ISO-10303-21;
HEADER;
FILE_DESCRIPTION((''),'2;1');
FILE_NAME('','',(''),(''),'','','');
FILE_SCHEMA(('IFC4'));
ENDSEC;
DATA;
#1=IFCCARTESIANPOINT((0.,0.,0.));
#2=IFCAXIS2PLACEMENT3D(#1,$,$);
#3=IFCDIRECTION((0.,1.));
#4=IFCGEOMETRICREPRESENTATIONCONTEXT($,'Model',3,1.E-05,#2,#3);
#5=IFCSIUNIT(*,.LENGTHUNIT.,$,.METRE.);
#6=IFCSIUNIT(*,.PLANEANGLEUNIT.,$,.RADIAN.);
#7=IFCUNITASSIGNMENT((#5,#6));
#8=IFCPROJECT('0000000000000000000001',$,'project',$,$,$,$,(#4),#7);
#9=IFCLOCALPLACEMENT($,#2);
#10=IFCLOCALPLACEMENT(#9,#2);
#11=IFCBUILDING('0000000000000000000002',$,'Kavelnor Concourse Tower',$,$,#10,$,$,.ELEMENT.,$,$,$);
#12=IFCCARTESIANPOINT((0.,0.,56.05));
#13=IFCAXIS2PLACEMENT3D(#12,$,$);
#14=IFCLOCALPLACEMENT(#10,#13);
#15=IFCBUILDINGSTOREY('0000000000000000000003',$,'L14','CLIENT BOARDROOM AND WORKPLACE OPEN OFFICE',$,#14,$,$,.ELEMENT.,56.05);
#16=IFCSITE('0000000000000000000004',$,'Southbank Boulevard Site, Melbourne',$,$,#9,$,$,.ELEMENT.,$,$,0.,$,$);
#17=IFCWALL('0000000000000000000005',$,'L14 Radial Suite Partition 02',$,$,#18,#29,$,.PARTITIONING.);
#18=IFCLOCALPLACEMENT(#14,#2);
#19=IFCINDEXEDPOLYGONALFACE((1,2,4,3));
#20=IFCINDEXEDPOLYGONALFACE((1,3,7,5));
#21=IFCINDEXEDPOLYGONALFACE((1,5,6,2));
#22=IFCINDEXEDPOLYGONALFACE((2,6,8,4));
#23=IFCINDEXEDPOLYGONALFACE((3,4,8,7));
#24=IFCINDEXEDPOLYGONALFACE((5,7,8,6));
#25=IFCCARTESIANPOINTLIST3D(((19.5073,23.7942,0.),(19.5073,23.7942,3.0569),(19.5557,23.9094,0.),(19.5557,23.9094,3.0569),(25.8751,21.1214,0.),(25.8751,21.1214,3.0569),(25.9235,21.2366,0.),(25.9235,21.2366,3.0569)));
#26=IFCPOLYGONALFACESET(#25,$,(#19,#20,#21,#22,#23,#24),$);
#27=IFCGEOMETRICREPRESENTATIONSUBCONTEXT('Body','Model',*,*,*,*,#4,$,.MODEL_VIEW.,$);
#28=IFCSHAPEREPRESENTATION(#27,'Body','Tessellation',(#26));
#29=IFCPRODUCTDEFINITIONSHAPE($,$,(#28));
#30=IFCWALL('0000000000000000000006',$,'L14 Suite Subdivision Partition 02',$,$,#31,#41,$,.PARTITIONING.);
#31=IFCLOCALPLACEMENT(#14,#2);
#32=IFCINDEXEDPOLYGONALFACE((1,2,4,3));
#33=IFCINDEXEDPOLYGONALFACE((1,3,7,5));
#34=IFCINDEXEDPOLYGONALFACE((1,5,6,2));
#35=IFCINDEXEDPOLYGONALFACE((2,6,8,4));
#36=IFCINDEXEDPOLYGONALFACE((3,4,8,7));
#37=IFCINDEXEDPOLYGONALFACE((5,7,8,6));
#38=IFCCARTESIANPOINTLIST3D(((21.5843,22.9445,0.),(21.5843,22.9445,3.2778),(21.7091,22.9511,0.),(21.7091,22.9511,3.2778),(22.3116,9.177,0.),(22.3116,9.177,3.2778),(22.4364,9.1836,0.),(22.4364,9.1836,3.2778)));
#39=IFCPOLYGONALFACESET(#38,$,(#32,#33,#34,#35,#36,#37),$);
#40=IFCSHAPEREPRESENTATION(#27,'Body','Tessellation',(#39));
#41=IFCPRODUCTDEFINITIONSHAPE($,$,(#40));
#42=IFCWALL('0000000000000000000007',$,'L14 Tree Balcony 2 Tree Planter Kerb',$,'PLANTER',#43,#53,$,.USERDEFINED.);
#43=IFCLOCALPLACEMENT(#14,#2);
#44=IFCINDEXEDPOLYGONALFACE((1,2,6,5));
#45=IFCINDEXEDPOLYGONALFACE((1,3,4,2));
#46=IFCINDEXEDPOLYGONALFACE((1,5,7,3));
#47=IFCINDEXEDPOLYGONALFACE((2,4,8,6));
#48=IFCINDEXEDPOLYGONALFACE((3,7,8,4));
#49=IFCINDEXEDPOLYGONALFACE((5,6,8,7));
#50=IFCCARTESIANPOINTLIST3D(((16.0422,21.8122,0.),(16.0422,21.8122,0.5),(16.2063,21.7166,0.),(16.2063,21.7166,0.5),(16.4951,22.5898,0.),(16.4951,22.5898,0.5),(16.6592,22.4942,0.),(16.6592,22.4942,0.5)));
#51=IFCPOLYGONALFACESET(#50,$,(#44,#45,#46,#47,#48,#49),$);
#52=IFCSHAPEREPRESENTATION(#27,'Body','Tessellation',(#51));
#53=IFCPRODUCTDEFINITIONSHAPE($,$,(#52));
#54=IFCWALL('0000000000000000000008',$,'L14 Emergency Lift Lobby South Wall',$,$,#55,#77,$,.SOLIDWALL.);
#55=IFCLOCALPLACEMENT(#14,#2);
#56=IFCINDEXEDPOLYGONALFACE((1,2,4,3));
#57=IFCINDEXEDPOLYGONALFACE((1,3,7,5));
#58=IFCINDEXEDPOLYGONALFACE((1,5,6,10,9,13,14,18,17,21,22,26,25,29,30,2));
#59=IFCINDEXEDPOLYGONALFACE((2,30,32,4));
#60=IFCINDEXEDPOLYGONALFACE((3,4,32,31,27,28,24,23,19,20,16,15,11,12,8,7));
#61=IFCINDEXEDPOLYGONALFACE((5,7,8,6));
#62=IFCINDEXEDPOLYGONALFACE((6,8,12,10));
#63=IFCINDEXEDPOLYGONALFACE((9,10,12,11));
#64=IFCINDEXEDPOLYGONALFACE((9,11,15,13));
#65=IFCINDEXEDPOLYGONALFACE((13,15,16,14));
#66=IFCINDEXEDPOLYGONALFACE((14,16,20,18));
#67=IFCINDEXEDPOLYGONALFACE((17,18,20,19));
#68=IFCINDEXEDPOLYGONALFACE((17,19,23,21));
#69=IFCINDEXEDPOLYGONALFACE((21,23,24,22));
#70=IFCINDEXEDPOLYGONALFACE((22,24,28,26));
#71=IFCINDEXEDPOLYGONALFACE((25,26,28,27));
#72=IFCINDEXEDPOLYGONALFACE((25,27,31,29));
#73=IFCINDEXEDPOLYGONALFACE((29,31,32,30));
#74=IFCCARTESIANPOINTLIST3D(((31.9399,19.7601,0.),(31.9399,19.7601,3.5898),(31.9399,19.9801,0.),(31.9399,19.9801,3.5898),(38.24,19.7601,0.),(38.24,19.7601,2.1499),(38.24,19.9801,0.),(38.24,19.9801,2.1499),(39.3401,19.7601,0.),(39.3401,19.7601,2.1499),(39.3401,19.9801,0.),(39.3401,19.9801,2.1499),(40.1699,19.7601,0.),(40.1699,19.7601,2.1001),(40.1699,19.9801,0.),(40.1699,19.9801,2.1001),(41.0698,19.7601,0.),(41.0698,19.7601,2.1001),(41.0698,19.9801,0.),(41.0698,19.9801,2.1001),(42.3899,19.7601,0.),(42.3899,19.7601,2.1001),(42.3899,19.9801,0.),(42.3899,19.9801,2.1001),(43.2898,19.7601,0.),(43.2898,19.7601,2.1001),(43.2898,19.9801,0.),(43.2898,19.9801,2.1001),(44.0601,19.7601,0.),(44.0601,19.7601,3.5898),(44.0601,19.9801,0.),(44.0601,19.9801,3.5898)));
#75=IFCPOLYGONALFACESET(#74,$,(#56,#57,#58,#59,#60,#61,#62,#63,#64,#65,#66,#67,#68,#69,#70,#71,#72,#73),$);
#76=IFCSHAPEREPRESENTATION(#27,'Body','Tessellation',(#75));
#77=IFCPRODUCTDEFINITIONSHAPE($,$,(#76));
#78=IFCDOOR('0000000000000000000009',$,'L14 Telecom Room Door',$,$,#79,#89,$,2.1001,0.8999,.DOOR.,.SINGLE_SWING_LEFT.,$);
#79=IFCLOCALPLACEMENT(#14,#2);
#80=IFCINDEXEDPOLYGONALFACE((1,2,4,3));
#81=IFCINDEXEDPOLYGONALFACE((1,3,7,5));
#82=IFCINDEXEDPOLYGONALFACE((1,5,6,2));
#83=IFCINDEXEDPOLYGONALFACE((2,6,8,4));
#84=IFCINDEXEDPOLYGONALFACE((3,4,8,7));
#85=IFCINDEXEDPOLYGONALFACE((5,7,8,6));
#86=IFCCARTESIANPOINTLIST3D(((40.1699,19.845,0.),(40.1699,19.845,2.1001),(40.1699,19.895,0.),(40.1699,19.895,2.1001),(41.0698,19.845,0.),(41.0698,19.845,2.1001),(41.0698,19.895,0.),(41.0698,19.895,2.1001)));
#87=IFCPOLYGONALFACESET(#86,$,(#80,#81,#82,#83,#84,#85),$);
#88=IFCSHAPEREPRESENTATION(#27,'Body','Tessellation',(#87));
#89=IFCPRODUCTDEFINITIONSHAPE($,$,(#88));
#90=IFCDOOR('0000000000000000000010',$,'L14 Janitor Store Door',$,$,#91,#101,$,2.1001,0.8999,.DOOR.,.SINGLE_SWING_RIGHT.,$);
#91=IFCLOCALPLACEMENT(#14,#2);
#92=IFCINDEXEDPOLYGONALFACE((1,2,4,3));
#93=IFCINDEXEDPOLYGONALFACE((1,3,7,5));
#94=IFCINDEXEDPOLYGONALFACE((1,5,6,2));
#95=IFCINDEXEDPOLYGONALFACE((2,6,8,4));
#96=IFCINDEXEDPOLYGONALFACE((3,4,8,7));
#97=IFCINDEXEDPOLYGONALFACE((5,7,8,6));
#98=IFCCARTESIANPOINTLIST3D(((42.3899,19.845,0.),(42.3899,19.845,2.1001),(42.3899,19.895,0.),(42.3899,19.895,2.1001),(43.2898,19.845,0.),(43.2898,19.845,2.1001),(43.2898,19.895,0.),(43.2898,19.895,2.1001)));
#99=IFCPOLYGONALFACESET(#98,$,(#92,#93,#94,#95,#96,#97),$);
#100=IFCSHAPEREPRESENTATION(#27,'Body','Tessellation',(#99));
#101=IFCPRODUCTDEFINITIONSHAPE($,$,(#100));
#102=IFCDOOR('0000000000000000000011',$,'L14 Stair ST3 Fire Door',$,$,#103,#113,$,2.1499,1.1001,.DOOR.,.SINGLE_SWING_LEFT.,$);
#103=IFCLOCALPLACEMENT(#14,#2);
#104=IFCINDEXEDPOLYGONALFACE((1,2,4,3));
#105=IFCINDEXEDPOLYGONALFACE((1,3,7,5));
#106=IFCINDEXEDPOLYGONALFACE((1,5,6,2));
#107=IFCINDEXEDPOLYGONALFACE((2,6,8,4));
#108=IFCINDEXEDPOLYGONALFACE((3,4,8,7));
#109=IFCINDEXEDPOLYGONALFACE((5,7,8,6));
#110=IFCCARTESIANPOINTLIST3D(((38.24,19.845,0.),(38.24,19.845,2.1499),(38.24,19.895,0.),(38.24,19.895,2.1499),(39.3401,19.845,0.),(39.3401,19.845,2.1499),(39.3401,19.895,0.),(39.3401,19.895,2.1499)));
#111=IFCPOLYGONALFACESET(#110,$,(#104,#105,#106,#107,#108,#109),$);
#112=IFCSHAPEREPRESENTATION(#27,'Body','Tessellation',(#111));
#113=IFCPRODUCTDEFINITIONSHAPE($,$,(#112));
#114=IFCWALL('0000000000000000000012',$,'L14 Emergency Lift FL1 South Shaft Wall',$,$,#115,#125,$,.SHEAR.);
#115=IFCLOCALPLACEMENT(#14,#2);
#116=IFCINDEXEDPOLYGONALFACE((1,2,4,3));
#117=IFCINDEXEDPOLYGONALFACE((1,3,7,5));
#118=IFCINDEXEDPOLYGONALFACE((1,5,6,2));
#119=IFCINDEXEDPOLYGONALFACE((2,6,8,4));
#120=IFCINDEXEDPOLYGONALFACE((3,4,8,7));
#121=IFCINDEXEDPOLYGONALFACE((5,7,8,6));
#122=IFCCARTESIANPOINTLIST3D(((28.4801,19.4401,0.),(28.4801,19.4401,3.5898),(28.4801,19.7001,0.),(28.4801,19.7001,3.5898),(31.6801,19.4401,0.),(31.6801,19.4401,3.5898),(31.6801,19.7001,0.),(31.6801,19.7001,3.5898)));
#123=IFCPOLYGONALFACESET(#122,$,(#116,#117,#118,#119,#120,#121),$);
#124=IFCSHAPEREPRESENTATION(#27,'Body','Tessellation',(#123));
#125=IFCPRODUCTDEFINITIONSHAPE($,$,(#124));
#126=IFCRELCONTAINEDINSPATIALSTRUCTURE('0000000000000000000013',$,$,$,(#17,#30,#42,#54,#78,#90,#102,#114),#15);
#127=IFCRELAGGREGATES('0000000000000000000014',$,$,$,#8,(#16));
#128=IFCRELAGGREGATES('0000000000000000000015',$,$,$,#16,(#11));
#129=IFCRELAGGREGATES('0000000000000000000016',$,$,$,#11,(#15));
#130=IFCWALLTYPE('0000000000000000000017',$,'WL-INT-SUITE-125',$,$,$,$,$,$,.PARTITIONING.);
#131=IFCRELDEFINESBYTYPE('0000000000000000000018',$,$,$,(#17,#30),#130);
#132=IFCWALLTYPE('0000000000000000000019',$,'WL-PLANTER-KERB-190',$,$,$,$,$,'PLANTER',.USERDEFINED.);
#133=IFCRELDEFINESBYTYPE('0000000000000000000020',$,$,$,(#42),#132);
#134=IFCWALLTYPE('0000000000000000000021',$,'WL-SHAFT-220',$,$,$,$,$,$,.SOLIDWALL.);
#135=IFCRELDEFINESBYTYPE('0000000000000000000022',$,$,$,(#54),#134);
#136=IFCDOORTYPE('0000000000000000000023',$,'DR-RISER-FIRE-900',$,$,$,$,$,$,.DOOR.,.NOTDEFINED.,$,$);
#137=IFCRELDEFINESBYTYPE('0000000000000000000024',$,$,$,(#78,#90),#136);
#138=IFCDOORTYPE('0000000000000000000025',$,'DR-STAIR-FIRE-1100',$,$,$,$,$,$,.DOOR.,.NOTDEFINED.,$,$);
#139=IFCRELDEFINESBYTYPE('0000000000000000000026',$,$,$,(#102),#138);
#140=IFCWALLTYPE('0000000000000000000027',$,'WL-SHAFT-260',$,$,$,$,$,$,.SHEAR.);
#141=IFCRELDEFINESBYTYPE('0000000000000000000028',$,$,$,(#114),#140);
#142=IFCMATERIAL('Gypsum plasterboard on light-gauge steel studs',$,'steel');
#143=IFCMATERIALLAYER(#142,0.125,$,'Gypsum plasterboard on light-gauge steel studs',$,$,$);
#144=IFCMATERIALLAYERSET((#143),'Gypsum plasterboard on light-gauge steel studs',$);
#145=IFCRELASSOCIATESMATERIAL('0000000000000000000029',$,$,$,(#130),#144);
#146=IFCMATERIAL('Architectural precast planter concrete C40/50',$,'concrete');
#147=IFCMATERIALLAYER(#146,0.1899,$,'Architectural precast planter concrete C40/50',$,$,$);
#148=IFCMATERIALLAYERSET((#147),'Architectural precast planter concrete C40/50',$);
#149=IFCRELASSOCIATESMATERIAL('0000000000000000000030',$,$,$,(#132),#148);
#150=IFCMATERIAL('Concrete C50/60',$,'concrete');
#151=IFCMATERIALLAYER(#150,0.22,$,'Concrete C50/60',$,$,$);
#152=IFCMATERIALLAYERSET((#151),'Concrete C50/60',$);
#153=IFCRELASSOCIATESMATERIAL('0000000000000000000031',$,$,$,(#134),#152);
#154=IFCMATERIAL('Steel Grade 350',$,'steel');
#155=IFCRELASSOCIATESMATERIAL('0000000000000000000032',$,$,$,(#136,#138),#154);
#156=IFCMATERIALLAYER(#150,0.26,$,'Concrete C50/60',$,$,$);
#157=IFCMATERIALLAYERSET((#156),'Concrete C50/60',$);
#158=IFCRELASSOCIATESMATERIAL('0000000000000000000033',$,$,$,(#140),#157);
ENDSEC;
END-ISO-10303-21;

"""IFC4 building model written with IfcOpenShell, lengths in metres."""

from ifc_helpers import new_model, si_unit, direction, frame, frame_2d, origin, place, context, subcontext, project, spatial, rectangle, extrude, material, layer, layer_set, type_object, element, fill, save


model = new_model("IFC4")

# Units and contexts
model_context = context("Model", 3, precision=1e-05, world=origin(), true_north=direction((0.0, 1.0)))
body_context = subcontext(model_context, "Body", "Model", "MODEL_VIEW")
ifc_project = project(units=[si_unit("LENGTHUNIT", "METRE"), si_unit("PLANEANGLEUNIT", "RADIAN")], contexts=[model_context])

# Site, building, storey
site_placement = place(None, origin())
site = spatial("IfcSite", under=ifc_project, at=site_placement, Name="Southbank Boulevard Site, Melbourne", CompositionType="ELEMENT", RefElevation=0.0)
building_placement = place(site_placement, origin())
building = spatial("IfcBuilding", under=site, at=building_placement, Name="Kavelnor Concourse Tower", CompositionType="ELEMENT")
storey_placement = place(building_placement, frame((0.0, 0.0, 56.05)))
storey = spatial("IfcBuildingStorey", under=building, at=storey_placement, Name="L14", Description="CLIENT BOARDROOM AND WORKPLACE OPEN OFFICE", CompositionType="ELEMENT", Elevation=56.05)

# Shared definitions
ifc_material_1 = material(Name="Steel Grade 350", Category="steel")

# Walls
ifc_material_2 = material(Name="Gypsum plasterboard on light-gauge steel studs", Category="steel")
ifc_layer_1 = layer(ifc_material_2, 0.125, Name="Gypsum plasterboard on light-gauge steel studs")
ifc_layer_set_1 = layer_set([ifc_layer_1], Name="Gypsum plasterboard on light-gauge steel studs")
wall_type_1 = type_object("IfcWallType", Name="WL-INT-SUITE-125", PredefinedType="PARTITIONING", material=ifc_layer_set_1)
wall_1_placement = place(storey_placement, frame((25.8994, 21.179, 0.0), z_axis=(0.0, 0.0, 1.0), x_axis=(-0.922069, 0.387026, 0.0)))
element("IfcWall", 1, at=wall_1_placement, inside=storey, type_object=wall_type_1, Name="L14 Radial Suite Partition 02", PredefinedType="PARTITIONING", context=body_context, shape_type="SweptSolid", body=[
    extrude(rectangle(XDim=6.906, YDim=0.125, at=frame_2d((3.4531, 0.0))), origin(), (0.0, 0.0, 1.0), 3.0569),
])
wall_2_placement = place(storey_placement, frame((21.6467, 22.9478, 0.0), z_axis=(0.0, 0.0, 1.0), x_axis=(0.052754, -0.998608, 0.0)))
element("IfcWall", 2, at=wall_2_placement, inside=storey, type_object=wall_type_1, Name="L14 Suite Subdivision Partition 02", PredefinedType="PARTITIONING", context=body_context, shape_type="SweptSolid", body=[
    extrude(rectangle(XDim=13.7866, YDim=0.125, at=frame_2d((6.8933, 0.0))), origin(), (0.0, 0.0, 1.0), 3.2778),
])
ifc_material_3 = material(Name="Architectural precast planter concrete C40/50", Category="concrete")
ifc_layer_2 = layer(ifc_material_3, 0.1899, Name="Architectural precast planter concrete C40/50")
ifc_layer_set_2 = layer_set([ifc_layer_2], Name="Architectural precast planter concrete C40/50")
wall_type_2 = type_object("IfcWallType", Name="WL-PLANTER-KERB-190", ElementType="PLANTER", PredefinedType="USERDEFINED", material=ifc_layer_set_2)
wall_3_placement = place(storey_placement, frame((16.5771, 22.542, 0.0), z_axis=(0.0, 0.0, 1.0), x_axis=(-0.50328, -0.864123, 0.0)))
element("IfcWall", 3, at=wall_3_placement, inside=storey, type_object=wall_type_2, Name="L14 Tree Balcony 2 Tree Planter Kerb", ObjectType="PLANTER", PredefinedType="USERDEFINED", context=body_context, shape_type="SweptSolid", body=[
    extrude(rectangle(XDim=0.8999, YDim=0.1899, at=frame_2d((0.45, 0.0))), origin(), (0.0, 0.0, 1.0), 0.5),
])

# Wall, openings, doors
ifc_material_4 = material(Name="Concrete C50/60", Category="concrete")
ifc_layer_3 = layer(ifc_material_4, 0.22, Name="Concrete C50/60")
ifc_layer_set_3 = layer_set([ifc_layer_3], Name="Concrete C50/60")
wall_type_3 = type_object("IfcWallType", Name="WL-SHAFT-220", PredefinedType="SOLIDWALL", material=ifc_layer_set_3)
wall_4_placement = place(storey_placement, frame((31.9399, 19.8701, 0.0), z_axis=(0.0, 0.0, 1.0), x_axis=(1.0, 0.0, 0.0)))
wall_4 = element("IfcWall", 4, at=wall_4_placement, inside=storey, type_object=wall_type_3, Name="L14 Emergency Lift Lobby South Wall", PredefinedType="SOLIDWALL", context=body_context, shape_type="SweptSolid", body=[
    extrude(rectangle(XDim=12.1201, YDim=0.22, at=frame_2d((6.0601, 0.0))), origin(), (0.0, 0.0, 1.0), 3.5898),
])
opening_1_placement = place(wall_4_placement, frame((6.3, 0.0, 0.0)))
opening_1 = element("IfcOpeningElement", 5, at=opening_1_placement, cuts=wall_4, PredefinedType="OPENING", context=body_context, shape_type="SweptSolid", body=[
    extrude(rectangle(XDim=1.1001, YDim=2.1499, at=frame_2d((0.55, 1.075))), frame((0.0, 0.1201, 0.0), z_axis=(0.0, -1.0, 0.0), x_axis=(1.0, 0.0, 0.0)), (0.0, 0.0, 1.0), 0.24),
])
opening_2_placement = place(wall_4_placement, frame((8.23, 0.0, 0.0)))
opening_2 = element("IfcOpeningElement", 6, at=opening_2_placement, cuts=wall_4, PredefinedType="OPENING", context=body_context, shape_type="SweptSolid", body=[
    extrude(rectangle(XDim=0.8999, YDim=2.1001, at=frame_2d((0.45, 1.05))), frame((0.0, 0.1201, 0.0), z_axis=(0.0, -1.0, 0.0), x_axis=(1.0, 0.0, 0.0)), (0.0, 0.0, 1.0), 0.24),
])
opening_3_placement = place(wall_4_placement, frame((10.45, 0.0, 0.0)))
opening_3 = element("IfcOpeningElement", 7, at=opening_3_placement, cuts=wall_4, PredefinedType="OPENING", context=body_context, shape_type="SweptSolid", body=[
    extrude(rectangle(XDim=0.8999, YDim=2.1001, at=frame_2d((0.45, 1.05))), frame((0.0, 0.1201, 0.0), z_axis=(0.0, -1.0, 0.0), x_axis=(1.0, 0.0, 0.0)), (0.0, 0.0, 1.0), 0.24),
])
door_type_1 = type_object("IfcDoorType", Name="DR-RISER-FIRE-900", OperationType="NOTDEFINED", PredefinedType="DOOR", material=ifc_material_1)
door_1_placement = place(opening_2_placement, origin())
door_1 = element("IfcDoor", 8, at=door_1_placement, inside=storey, type_object=door_type_1, Name="L14 Telecom Room Door", OperationType="SINGLE_SWING_LEFT", OverallHeight=2.1001, OverallWidth=0.8999, PredefinedType="DOOR", context=body_context, shape_type="SweptSolid", body=[
    extrude(rectangle(XDim=0.8999, YDim=2.1001, at=frame_2d((0.45, 1.05))), frame((0.0, 0.0249, 0.0), z_axis=(0.0, -1.0, 0.0), x_axis=(1.0, 0.0, 0.0)), (0.0, 0.0, 1.0), 0.05),
])
fill(opening_2, door_1)
door_2_placement = place(opening_3_placement, origin())
door_2 = element("IfcDoor", 9, at=door_2_placement, inside=storey, type_object=door_type_1, Name="L14 Janitor Store Door", OperationType="SINGLE_SWING_RIGHT", OverallHeight=2.1001, OverallWidth=0.8999, PredefinedType="DOOR", context=body_context, shape_type="SweptSolid", body=[
    extrude(rectangle(XDim=0.8999, YDim=2.1001, at=frame_2d((0.45, 1.05))), frame((0.0, 0.0249, 0.0), z_axis=(0.0, -1.0, 0.0), x_axis=(1.0, 0.0, 0.0)), (0.0, 0.0, 1.0), 0.05),
])
fill(opening_3, door_2)
door_type_2 = type_object("IfcDoorType", Name="DR-STAIR-FIRE-1100", OperationType="NOTDEFINED", PredefinedType="DOOR", material=ifc_material_1)
door_3_placement = place(opening_1_placement, origin())
door_3 = element("IfcDoor", 10, at=door_3_placement, inside=storey, type_object=door_type_2, Name="L14 Stair ST3 Fire Door", OperationType="SINGLE_SWING_LEFT", OverallHeight=2.1499, OverallWidth=1.1001, PredefinedType="DOOR", context=body_context, shape_type="SweptSolid", body=[
    extrude(rectangle(XDim=1.1001, YDim=2.1499, at=frame_2d((0.55, 1.075))), frame((0.0, 0.0249, 0.0), z_axis=(0.0, -1.0, 0.0), x_axis=(1.0, 0.0, 0.0)), (0.0, 0.0, 1.0), 0.05),
])
fill(opening_1, door_3)

# Wall
ifc_layer_4 = layer(ifc_material_4, 0.26, Name="Concrete C50/60")
ifc_layer_set_4 = layer_set([ifc_layer_4], Name="Concrete C50/60")
wall_type_4 = type_object("IfcWallType", Name="WL-SHAFT-260", PredefinedType="SHEAR", material=ifc_layer_set_4)
wall_5_placement = place(storey_placement, frame((28.48, 19.5701, 0.0), z_axis=(0.0, 0.0, 1.0), x_axis=(1.0, 0.0, 0.0)))
element("IfcWall", 11, at=wall_5_placement, inside=storey, type_object=wall_type_4, Name="L14 Emergency Lift FL1 South Shaft Wall", PredefinedType="SHEAR", context=body_context, shape_type="SweptSolid", body=[
    extrude(rectangle(XDim=3.2, YDim=0.26, at=frame_2d((1.6001, 0.0))), origin(), (0.0, 0.0, 1.0), 3.5898),
])

save(model, "model.ifc")
